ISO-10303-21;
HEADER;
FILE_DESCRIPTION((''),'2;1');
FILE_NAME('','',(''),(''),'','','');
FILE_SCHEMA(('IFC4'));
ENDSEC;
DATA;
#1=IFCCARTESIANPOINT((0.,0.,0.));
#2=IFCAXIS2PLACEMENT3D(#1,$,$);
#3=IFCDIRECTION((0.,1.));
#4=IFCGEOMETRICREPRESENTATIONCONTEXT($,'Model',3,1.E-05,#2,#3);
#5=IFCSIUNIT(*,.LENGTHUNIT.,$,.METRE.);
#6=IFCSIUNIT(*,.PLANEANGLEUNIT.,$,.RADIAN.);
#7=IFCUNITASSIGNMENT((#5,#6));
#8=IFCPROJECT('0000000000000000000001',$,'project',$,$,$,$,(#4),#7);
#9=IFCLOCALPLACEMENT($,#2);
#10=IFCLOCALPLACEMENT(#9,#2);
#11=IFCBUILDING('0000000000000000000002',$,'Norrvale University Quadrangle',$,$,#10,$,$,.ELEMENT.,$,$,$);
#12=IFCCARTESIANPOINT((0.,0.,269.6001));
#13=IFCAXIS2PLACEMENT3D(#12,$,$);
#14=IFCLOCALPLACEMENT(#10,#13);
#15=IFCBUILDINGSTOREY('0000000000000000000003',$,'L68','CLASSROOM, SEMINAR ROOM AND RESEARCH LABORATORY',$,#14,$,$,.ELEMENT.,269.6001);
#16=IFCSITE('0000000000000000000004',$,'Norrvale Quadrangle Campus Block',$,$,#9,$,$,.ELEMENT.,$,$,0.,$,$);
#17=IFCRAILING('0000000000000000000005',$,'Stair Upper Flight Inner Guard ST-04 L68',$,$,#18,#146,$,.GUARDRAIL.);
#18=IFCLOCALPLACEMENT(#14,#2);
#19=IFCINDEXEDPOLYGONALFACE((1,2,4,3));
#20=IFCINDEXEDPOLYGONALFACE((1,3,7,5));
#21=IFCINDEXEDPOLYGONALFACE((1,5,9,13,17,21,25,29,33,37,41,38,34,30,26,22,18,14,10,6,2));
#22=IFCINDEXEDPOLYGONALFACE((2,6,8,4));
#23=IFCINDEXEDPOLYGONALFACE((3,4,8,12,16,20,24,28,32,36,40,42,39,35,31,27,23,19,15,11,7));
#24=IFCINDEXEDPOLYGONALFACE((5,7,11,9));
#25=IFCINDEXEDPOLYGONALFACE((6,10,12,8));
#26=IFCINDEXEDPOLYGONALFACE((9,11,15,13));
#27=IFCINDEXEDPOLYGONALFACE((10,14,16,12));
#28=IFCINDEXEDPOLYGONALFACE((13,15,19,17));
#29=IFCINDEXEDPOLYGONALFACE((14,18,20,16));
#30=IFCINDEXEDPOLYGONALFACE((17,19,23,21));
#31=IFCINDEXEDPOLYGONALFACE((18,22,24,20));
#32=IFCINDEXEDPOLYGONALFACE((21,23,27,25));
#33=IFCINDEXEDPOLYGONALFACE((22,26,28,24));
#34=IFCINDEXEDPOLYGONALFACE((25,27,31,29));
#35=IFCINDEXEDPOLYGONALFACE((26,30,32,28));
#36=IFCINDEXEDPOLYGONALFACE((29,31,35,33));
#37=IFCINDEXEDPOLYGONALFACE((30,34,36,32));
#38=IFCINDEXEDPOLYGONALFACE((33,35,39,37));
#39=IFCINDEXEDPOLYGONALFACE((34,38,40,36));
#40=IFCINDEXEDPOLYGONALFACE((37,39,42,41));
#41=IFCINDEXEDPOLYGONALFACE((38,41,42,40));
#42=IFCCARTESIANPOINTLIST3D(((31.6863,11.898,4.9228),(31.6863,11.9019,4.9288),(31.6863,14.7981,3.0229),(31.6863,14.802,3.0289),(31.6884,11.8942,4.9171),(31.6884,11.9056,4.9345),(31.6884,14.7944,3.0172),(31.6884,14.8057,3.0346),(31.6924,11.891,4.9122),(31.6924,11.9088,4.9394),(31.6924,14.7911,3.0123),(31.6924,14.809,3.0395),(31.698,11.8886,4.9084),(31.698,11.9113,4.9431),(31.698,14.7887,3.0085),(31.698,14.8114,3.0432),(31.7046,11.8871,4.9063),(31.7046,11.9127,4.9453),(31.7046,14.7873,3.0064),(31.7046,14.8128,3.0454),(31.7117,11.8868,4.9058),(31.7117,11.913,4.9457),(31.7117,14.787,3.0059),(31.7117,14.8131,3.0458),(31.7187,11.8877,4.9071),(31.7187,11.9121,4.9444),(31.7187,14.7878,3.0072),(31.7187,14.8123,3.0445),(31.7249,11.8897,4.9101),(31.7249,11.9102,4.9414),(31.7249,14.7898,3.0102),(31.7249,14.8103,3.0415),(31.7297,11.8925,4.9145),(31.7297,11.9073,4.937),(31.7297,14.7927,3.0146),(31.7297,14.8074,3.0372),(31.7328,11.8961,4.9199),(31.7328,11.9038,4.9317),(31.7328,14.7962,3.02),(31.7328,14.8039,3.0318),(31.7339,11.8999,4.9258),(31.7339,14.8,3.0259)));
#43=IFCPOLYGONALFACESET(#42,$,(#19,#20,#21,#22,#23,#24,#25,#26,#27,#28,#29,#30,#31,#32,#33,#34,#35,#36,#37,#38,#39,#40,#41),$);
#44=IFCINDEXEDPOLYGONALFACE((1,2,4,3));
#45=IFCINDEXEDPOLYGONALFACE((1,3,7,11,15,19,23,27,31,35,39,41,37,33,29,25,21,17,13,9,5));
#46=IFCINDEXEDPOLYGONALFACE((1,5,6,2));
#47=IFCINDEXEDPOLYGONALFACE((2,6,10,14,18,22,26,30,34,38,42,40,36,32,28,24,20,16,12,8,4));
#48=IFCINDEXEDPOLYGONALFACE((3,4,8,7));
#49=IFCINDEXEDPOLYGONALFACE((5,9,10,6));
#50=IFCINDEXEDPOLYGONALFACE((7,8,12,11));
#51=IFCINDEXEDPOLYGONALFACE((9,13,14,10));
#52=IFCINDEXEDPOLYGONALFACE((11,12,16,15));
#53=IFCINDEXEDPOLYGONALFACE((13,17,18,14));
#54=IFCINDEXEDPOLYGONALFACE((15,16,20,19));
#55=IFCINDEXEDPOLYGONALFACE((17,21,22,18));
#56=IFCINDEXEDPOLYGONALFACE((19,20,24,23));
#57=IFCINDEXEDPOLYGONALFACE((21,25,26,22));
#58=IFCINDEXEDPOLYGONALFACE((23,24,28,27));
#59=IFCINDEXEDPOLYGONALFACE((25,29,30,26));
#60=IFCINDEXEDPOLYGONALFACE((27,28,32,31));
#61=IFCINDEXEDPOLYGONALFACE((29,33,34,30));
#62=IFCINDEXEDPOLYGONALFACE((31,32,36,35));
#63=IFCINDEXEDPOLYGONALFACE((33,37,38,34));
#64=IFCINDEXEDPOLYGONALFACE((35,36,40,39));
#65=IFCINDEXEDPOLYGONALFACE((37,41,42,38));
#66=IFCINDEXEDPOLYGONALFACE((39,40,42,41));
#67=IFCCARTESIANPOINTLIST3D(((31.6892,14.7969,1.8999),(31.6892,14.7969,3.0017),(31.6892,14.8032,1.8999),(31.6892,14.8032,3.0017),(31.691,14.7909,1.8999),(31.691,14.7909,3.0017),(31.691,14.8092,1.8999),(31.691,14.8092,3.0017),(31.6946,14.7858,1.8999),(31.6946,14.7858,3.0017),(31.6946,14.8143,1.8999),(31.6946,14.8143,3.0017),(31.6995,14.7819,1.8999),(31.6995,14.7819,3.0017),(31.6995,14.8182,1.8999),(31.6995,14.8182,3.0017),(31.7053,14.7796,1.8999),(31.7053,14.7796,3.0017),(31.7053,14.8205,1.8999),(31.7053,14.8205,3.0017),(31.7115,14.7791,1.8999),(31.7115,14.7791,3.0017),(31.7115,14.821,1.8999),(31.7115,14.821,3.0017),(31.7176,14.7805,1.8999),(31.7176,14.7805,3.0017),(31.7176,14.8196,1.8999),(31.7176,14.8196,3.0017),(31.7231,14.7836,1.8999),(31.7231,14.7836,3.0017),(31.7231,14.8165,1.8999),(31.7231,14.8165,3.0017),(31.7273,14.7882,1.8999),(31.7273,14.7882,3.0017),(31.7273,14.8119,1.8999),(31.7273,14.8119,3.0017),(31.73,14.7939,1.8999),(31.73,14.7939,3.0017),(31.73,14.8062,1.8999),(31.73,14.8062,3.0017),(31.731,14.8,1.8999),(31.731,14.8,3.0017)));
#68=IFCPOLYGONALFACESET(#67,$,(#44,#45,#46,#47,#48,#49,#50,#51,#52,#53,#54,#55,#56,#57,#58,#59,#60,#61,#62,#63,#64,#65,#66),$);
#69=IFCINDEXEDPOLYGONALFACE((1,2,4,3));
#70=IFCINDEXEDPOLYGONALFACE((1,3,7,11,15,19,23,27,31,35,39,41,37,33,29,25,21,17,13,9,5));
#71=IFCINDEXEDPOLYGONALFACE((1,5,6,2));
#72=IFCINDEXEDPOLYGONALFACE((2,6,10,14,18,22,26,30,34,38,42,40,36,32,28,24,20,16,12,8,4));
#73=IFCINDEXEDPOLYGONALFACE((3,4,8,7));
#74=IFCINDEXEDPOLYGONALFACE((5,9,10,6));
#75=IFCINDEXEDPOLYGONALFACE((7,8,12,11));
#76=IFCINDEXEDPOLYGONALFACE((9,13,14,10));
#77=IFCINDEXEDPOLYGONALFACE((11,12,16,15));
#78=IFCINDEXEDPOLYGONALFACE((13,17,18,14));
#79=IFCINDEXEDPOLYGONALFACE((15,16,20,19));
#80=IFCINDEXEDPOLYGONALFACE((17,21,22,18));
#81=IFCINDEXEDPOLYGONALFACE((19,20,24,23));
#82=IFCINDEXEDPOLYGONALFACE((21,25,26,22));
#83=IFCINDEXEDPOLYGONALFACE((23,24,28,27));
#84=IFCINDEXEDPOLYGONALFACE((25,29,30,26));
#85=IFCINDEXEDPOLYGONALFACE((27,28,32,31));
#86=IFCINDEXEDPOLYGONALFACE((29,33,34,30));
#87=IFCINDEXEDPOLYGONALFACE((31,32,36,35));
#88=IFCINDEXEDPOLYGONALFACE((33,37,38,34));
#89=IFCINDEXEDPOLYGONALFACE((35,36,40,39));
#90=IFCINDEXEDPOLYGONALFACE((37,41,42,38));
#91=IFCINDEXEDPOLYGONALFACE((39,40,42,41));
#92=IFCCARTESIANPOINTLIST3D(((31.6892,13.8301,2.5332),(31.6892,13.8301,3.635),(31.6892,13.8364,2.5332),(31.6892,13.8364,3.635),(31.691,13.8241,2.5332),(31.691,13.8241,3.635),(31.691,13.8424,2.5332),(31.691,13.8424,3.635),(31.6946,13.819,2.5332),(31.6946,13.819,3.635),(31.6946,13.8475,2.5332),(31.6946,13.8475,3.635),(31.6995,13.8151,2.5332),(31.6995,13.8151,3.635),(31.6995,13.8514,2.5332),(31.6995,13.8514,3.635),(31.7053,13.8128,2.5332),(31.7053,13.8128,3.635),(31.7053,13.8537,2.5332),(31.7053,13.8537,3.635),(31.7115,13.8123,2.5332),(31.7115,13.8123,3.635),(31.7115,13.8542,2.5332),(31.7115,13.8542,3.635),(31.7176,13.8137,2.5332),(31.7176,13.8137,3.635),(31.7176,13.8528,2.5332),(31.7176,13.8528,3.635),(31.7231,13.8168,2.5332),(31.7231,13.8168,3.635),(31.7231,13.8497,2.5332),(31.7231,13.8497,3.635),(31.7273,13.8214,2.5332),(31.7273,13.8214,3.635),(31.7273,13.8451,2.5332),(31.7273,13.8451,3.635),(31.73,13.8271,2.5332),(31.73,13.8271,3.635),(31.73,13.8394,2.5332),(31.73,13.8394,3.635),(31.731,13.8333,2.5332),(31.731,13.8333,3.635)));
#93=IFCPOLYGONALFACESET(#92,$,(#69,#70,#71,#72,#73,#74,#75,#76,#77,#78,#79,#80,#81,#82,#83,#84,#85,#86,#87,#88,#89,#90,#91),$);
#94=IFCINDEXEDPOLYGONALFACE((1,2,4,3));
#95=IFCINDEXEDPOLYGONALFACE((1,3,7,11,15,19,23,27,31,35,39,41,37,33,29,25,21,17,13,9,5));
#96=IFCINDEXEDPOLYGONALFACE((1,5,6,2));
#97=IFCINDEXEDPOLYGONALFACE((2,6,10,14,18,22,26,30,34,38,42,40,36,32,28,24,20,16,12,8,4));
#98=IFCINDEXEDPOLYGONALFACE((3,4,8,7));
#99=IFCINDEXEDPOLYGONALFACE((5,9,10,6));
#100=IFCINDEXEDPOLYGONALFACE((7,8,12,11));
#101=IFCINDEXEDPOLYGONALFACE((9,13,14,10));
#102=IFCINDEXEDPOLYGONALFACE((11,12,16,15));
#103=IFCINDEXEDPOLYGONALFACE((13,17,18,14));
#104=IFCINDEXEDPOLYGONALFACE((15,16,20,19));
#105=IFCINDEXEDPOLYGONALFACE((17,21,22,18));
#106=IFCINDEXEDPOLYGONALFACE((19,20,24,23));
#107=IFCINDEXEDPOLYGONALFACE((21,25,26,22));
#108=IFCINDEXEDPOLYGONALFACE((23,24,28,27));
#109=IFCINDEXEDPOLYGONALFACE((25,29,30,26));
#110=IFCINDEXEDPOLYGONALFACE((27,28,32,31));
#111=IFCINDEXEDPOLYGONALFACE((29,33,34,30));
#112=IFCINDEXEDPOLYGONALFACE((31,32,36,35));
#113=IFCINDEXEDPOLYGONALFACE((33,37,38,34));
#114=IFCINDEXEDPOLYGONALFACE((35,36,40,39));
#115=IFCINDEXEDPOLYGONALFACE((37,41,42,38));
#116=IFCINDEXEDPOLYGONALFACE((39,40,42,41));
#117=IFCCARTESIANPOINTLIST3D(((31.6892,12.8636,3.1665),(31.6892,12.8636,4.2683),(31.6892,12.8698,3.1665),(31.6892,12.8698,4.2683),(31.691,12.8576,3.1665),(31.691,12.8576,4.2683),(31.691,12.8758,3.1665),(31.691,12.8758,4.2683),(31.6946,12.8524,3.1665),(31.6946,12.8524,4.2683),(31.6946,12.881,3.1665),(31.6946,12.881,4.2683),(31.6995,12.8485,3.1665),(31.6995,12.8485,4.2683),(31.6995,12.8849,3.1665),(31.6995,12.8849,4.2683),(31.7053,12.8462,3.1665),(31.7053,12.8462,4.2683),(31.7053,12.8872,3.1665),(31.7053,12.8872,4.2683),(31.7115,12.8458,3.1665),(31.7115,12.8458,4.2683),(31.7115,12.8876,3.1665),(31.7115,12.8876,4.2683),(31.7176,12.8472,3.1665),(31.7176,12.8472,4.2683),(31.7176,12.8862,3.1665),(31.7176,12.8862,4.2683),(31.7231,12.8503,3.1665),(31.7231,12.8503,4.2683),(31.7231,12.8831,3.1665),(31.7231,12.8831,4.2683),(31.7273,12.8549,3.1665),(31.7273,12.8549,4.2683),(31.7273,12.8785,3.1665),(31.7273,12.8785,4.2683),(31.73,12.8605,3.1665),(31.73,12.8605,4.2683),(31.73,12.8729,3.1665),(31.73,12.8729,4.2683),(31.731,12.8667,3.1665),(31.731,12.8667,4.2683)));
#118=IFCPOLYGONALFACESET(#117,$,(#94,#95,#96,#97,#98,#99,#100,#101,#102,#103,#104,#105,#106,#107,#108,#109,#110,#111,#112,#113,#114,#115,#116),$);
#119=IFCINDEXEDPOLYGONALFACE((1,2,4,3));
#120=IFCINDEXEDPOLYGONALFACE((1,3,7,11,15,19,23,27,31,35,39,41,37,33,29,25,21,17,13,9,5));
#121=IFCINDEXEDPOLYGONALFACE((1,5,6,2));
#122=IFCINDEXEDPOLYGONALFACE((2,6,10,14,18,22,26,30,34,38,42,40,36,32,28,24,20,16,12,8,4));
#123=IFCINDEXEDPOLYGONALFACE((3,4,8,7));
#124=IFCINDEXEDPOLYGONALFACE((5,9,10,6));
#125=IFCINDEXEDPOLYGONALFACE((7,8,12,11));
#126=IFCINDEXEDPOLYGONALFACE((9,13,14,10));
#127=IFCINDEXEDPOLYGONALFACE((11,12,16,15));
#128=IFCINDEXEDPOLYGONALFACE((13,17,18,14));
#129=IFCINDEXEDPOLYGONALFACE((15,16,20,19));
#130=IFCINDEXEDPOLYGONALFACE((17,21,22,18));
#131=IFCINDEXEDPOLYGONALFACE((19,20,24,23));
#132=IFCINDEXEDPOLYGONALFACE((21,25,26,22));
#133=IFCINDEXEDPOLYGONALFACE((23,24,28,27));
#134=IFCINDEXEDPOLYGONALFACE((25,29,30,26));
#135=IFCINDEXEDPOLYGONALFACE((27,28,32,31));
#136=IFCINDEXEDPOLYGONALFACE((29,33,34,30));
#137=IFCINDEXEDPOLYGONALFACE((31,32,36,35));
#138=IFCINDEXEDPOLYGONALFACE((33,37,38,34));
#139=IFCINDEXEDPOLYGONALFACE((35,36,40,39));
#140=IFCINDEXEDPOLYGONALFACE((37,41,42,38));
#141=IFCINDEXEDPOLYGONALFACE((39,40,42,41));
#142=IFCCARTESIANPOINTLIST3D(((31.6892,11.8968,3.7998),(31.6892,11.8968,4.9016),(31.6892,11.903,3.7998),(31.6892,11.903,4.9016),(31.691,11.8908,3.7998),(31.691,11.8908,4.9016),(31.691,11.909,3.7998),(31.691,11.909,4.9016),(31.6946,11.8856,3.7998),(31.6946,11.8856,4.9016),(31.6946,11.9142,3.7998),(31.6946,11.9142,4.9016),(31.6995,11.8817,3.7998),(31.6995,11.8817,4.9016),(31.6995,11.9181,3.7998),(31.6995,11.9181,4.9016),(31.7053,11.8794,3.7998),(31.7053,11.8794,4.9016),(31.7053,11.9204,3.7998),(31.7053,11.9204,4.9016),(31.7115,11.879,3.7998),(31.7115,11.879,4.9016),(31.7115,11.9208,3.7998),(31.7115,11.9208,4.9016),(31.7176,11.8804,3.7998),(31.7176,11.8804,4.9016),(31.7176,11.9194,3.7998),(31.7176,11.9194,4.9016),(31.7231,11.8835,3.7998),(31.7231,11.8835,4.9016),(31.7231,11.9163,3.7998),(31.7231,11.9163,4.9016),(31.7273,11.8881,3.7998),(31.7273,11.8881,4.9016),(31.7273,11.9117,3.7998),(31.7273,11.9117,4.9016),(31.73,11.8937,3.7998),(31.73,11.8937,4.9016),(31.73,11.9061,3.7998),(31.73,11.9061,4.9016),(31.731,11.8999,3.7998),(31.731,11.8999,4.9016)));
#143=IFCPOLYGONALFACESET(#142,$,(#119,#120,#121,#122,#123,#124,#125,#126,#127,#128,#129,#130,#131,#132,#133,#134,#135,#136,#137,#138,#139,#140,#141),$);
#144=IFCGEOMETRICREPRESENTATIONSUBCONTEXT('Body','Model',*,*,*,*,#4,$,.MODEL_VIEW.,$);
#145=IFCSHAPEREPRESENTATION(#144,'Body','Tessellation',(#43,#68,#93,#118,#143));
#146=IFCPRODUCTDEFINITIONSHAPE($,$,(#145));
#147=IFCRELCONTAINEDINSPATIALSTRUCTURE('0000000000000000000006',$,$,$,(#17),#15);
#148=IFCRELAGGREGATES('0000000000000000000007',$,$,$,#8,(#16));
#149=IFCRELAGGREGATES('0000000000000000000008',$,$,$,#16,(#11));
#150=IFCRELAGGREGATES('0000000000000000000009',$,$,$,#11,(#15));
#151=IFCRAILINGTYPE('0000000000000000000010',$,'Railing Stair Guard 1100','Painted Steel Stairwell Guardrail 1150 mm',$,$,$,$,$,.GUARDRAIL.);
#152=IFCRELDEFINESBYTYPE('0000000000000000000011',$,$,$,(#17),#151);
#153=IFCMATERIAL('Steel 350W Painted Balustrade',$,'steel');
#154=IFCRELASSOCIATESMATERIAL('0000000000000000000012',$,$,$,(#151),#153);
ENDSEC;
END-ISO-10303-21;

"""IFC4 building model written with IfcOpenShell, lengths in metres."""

from ifc_helpers import new_model, si_unit, direction, frame, origin, origin_2d, place, context, subcontext, project, spatial, circle, extrude, material, type_object, element, save


model = new_model("IFC4")

# Units and contexts
model_context = context("Model", 3, precision=1e-05, world=origin(), true_north=direction((0.0, 1.0)))
body_context = subcontext(model_context, "Body", "Model", "MODEL_VIEW")
ifc_project = project(units=[si_unit("LENGTHUNIT", "METRE"), si_unit("PLANEANGLEUNIT", "RADIAN")], contexts=[model_context])

# Site, building, storey
site_placement = place(None, origin())
site = spatial("IfcSite", under=ifc_project, at=site_placement, Name="Norrvale Quadrangle Campus Block", CompositionType="ELEMENT", RefElevation=0.0)
building_placement = place(site_placement, origin())
building = spatial("IfcBuilding", under=site, at=building_placement, Name="Norrvale University Quadrangle", CompositionType="ELEMENT")
storey_placement = place(building_placement, frame((0.0, 0.0, 269.6001)))
storey = spatial("IfcBuildingStorey", under=building, at=storey_placement, Name="L68", Description="CLASSROOM, SEMINAR ROOM AND RESEARCH LABORATORY", CompositionType="ELEMENT", Elevation=269.6001)

# Railing
ifc_material_1 = material(Name="Steel 350W Painted Balustrade", Category="steel")
railing_type_1 = type_object("IfcRailingType", Name="Railing Stair Guard 1100", Description="Painted Steel Stairwell Guardrail 1150 mm", PredefinedType="GUARDRAIL", material=ifc_material_1)
railing_1_placement = place(storey_placement, frame((31.71, 14.8, 1.8999)))
element("IfcRailing", 1, at=railing_1_placement, inside=storey, type_object=railing_type_1, Name="Stair Upper Flight Inner Guard ST-04 L68", PredefinedType="GUARDRAIL", context=body_context, shape_type="SweptSolid", body=[
    extrude(circle(Radius=0.0239, at=origin_2d()), frame((0.0, 0.0, 1.126), z_axis=(0.0, -0.836487, 0.547987), x_axis=(1.0, 0.0, 0.0)), (0.0, 0.0, 1.0), 3.467),
    extrude(circle(Radius=0.021, at=origin_2d()), origin(), (0.0, 0.0, 1.0), 1.1018),
    extrude(circle(Radius=0.021, at=origin_2d()), frame((0.0, -0.9668, 0.6333)), (0.0, 0.0, 1.0), 1.1018),
    extrude(circle(Radius=0.021, at=origin_2d()), frame((0.0, -1.9333, 1.2666)), (0.0, 0.0, 1.0), 1.1018),
    extrude(circle(Radius=0.021, at=origin_2d()), frame((0.0, -2.9001, 1.8999)), (0.0, 0.0, 1.0), 1.1018),
])

save(model, "model.ifc")
